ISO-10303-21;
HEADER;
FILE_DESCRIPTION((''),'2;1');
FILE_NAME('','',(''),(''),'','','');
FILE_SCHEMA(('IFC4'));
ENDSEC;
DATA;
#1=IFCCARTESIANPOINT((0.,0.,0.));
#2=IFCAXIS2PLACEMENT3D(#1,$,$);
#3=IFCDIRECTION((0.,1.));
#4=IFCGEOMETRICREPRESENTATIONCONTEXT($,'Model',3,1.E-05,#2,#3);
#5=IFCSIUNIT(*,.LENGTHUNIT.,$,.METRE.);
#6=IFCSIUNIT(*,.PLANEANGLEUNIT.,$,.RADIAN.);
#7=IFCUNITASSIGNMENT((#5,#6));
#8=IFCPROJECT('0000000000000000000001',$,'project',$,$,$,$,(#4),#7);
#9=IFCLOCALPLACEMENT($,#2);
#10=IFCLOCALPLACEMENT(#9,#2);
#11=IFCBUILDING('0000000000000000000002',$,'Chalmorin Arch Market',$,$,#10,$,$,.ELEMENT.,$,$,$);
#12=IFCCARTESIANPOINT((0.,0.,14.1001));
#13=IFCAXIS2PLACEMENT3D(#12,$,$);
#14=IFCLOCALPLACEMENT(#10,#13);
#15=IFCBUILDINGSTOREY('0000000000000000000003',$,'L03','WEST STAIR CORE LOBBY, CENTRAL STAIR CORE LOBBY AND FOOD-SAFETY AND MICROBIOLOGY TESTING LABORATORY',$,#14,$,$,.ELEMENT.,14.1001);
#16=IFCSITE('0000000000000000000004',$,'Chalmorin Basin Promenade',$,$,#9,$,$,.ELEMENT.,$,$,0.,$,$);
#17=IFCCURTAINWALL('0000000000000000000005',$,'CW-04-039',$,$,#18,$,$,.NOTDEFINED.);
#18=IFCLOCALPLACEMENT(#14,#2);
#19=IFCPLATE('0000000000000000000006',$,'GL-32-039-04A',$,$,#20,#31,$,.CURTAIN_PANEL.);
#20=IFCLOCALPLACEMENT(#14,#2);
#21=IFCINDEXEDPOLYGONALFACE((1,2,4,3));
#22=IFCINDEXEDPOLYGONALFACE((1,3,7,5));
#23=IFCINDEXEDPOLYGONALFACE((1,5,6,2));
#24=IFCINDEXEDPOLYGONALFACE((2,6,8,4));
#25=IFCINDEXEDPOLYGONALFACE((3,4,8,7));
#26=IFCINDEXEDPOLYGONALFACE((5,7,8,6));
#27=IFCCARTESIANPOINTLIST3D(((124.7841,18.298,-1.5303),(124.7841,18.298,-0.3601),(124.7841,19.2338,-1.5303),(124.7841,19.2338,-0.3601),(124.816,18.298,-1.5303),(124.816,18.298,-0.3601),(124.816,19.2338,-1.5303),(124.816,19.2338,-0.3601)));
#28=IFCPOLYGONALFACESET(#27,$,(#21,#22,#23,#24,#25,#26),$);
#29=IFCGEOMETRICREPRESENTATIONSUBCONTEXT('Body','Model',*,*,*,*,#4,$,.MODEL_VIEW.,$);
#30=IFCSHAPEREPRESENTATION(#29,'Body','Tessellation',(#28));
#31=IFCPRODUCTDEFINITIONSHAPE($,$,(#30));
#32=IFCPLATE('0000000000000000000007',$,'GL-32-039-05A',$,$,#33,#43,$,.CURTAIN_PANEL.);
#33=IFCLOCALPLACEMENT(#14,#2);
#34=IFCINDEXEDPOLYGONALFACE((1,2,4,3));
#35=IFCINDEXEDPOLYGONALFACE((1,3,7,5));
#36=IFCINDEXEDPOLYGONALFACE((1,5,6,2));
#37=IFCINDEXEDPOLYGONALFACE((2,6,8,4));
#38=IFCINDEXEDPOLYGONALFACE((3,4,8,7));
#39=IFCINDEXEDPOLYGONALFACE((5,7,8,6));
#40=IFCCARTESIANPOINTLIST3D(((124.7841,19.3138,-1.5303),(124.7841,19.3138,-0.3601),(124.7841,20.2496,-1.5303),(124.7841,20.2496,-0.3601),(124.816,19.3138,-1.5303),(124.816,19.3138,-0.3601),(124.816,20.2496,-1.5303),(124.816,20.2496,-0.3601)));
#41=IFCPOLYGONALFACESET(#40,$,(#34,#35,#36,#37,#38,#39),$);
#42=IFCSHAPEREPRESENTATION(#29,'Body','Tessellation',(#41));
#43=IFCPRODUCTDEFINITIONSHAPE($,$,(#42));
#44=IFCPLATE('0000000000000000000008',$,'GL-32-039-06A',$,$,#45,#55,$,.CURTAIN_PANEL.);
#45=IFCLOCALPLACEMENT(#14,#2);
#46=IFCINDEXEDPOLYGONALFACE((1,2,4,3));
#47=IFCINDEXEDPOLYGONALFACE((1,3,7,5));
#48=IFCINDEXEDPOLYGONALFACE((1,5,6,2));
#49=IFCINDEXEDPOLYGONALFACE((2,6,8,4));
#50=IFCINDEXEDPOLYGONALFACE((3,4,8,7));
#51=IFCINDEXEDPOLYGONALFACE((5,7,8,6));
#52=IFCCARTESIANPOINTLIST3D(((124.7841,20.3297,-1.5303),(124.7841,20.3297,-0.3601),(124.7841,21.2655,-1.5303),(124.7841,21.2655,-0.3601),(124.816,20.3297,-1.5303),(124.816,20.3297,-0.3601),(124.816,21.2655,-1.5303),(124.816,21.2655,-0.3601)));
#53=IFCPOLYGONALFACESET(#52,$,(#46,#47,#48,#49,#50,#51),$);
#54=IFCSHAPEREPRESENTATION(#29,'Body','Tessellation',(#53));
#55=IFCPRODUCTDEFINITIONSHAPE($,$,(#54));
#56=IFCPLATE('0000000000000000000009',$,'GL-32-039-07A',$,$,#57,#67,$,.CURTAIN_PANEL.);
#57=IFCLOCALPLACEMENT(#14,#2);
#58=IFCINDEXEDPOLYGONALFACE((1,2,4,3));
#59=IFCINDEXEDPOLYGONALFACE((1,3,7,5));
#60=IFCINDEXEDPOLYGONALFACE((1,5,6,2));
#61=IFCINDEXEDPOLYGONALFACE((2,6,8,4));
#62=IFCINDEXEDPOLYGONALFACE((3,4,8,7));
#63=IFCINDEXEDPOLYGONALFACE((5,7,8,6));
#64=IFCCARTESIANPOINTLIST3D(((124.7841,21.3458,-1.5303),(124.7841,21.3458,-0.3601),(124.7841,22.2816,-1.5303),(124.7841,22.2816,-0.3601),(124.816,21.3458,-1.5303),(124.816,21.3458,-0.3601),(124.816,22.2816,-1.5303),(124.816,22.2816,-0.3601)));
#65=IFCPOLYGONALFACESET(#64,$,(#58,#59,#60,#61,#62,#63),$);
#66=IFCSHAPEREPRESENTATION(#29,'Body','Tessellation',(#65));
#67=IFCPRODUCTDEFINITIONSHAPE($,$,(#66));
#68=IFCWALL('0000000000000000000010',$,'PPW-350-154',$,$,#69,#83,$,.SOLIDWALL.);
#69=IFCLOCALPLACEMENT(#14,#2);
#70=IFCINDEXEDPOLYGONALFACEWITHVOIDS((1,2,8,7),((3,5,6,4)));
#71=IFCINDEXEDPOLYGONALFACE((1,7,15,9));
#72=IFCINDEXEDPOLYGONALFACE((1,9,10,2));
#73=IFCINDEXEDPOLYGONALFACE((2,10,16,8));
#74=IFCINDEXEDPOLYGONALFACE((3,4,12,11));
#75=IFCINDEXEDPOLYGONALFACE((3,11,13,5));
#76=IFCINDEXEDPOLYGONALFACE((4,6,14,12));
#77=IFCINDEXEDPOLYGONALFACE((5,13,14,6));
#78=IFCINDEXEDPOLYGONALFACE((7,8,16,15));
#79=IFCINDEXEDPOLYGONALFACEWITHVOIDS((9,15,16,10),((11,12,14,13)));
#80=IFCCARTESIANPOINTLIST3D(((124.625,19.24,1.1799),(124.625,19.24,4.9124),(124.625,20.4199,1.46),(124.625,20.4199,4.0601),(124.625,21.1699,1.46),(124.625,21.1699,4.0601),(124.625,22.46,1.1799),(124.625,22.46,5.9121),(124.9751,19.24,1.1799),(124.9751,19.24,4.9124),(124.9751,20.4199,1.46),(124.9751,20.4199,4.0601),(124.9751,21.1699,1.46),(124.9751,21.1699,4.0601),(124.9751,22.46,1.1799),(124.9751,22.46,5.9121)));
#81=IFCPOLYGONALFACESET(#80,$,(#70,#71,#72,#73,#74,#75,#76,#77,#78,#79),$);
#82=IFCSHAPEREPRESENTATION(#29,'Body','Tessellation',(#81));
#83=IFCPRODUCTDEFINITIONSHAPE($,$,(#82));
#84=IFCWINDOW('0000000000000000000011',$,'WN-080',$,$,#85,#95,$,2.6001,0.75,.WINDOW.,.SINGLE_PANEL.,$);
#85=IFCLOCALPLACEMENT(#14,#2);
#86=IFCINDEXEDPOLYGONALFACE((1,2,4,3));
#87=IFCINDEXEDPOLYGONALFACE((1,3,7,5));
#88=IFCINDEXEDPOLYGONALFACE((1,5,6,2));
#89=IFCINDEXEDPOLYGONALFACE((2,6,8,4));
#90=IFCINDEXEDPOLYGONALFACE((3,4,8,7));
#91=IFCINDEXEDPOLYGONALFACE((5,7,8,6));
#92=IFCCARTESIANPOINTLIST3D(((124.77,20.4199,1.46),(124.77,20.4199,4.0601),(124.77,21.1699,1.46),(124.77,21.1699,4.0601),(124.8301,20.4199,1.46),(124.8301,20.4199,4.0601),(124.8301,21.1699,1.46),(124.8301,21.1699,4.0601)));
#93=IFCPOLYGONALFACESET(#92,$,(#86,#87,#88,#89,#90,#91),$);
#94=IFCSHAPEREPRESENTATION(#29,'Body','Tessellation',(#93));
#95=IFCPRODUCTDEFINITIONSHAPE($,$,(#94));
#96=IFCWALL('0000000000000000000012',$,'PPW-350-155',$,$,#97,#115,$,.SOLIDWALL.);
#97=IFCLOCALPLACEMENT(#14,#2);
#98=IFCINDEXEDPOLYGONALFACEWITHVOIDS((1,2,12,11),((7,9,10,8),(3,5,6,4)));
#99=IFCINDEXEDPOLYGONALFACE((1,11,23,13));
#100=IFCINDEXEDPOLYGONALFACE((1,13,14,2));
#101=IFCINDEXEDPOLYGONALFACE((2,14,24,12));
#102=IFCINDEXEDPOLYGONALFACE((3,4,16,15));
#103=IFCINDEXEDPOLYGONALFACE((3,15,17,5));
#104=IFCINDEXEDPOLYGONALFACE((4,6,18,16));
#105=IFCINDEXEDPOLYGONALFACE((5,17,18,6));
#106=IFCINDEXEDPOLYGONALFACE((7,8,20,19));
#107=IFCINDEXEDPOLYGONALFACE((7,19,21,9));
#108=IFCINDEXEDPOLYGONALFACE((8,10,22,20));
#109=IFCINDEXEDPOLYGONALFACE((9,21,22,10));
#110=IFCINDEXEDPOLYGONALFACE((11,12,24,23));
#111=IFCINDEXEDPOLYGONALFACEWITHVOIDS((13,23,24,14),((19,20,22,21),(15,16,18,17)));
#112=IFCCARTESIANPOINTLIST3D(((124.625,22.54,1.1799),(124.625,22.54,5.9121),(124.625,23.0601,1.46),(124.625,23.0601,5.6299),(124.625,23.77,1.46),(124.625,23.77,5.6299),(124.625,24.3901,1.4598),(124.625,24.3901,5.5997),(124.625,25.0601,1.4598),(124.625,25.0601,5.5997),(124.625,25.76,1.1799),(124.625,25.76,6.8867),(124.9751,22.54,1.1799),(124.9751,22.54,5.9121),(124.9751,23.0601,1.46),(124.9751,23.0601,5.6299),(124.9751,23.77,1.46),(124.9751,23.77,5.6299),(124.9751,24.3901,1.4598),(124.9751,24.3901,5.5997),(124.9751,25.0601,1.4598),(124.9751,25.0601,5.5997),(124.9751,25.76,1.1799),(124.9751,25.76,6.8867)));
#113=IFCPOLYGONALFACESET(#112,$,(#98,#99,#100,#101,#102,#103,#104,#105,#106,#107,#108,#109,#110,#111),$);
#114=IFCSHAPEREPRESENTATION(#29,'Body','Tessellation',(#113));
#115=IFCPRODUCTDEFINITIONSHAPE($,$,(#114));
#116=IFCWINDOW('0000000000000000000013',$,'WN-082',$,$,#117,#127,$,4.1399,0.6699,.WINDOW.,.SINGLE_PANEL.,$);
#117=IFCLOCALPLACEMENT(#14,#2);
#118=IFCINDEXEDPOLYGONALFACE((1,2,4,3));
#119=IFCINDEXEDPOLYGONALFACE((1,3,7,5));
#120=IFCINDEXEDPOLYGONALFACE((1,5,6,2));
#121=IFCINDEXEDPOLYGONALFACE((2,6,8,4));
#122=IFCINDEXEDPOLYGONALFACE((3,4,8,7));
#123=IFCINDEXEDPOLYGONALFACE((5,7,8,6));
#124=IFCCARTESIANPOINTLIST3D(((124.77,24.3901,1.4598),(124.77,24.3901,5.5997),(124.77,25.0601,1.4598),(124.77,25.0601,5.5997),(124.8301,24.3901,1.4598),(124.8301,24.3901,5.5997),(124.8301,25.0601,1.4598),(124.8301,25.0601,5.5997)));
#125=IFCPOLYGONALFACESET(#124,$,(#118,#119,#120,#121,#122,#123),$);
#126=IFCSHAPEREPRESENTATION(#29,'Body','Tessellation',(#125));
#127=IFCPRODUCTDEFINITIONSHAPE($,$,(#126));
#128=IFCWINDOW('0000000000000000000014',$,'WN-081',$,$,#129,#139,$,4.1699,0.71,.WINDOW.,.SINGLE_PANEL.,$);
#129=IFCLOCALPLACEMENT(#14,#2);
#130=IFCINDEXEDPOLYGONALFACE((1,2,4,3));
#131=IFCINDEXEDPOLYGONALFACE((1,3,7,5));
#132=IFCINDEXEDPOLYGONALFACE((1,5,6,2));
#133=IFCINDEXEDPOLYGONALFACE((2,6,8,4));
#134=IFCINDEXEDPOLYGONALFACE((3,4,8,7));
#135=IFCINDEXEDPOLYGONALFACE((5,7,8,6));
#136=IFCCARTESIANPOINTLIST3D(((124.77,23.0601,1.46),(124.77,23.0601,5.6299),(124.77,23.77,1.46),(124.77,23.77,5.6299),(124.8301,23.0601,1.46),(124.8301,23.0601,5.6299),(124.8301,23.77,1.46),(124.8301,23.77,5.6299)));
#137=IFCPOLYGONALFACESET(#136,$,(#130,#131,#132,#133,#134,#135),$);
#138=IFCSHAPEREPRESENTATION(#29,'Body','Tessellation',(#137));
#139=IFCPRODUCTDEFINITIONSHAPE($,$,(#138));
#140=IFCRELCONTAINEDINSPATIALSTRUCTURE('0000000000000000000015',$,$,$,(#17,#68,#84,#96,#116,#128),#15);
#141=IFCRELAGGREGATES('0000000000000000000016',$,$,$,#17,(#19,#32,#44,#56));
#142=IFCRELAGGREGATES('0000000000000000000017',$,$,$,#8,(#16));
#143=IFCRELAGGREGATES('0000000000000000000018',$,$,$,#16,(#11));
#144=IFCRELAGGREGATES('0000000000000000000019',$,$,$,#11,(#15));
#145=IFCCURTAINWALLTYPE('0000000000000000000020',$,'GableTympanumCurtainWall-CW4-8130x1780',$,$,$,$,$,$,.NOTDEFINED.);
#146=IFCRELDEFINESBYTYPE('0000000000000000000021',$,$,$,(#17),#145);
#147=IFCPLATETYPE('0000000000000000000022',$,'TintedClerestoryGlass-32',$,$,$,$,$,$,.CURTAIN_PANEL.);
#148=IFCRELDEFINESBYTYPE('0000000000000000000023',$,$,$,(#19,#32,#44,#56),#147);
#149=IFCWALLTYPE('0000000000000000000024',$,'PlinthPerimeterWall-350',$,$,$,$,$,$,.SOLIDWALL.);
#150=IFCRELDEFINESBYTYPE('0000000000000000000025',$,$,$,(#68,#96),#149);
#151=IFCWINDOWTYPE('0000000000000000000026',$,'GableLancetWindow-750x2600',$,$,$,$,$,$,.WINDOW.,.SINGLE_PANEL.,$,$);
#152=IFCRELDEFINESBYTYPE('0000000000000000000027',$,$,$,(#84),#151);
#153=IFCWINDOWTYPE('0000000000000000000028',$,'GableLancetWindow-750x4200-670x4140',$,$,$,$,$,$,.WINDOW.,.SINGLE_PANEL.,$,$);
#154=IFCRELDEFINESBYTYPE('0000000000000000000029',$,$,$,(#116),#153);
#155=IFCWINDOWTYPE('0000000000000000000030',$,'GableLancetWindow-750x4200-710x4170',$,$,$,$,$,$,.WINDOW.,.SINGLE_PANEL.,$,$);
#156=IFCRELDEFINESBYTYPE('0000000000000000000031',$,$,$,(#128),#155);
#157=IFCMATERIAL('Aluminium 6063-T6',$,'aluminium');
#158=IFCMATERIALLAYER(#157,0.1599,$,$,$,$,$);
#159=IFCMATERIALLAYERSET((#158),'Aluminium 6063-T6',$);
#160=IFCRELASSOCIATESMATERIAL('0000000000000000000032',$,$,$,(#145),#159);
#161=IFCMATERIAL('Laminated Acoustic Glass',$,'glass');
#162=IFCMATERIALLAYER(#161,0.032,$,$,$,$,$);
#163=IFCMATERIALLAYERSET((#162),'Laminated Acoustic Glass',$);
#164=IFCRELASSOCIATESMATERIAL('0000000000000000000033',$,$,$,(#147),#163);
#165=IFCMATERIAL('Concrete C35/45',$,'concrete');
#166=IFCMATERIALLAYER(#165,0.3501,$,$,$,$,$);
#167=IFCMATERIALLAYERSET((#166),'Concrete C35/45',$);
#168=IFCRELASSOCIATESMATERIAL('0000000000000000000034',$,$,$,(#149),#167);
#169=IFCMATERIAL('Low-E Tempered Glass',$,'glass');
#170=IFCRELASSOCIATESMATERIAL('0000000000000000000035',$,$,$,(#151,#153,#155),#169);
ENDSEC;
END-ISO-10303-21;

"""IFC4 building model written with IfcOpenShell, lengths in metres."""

from ifc_helpers import new_model, si_unit, direction, frame, frame_2d, origin, origin_2d, place, context, subcontext, project, spatial, polyline, rectangle, outline, extrude, material, layer, layer_set, type_object, element, fill, aggregate, save


model = new_model("IFC4")

# Units and contexts
model_context = context("Model", 3, precision=1e-05, world=origin(), true_north=direction((0.0, 1.0)))
body_context = subcontext(model_context, "Body", "Model", "MODEL_VIEW")
ifc_project = project(units=[si_unit("LENGTHUNIT", "METRE"), si_unit("PLANEANGLEUNIT", "RADIAN")], contexts=[model_context])

# Site, building, storey
site_placement = place(None, origin())
site = spatial("IfcSite", under=ifc_project, at=site_placement, Name="Chalmorin Basin Promenade", CompositionType="ELEMENT", RefElevation=0.0)
building_placement = place(site_placement, origin())
building = spatial("IfcBuilding", under=site, at=building_placement, Name="Chalmorin Arch Market", CompositionType="ELEMENT")
storey_placement = place(building_placement, frame((0.0, 0.0, 14.1001)))
storey = spatial("IfcBuildingStorey", under=building, at=storey_placement, Name="L03", Description="WEST STAIR CORE LOBBY, CENTRAL STAIR CORE LOBBY AND FOOD-SAFETY AND MICROBIOLOGY TESTING LABORATORY", CompositionType="ELEMENT", Elevation=14.1001)

# Curtain wall, plates
ifc_material_1 = material(Name="Aluminium 6063-T6", Category="aluminium")
ifc_layer_1 = layer(ifc_material_1, 0.1599)
ifc_layer_set_1 = layer_set([ifc_layer_1], Name="Aluminium 6063-T6")
curtain_wall_type = type_object("IfcCurtainWallType", Name="GableTympanumCurtainWall-CW4-8130x1780", PredefinedType="NOTDEFINED", material=ifc_layer_set_1)
curtain_wall_placement = place(storey_placement, origin())
curtain_wall = element("IfcCurtainWall", 1, at=curtain_wall_placement, inside=storey, type_object=curtain_wall_type, Name="CW-04-039", PredefinedType="NOTDEFINED")
ifc_material_2 = material(Name="Laminated Acoustic Glass", Category="glass")
ifc_layer_2 = layer(ifc_material_2, 0.032)
ifc_layer_set_2 = layer_set([ifc_layer_2], Name="Laminated Acoustic Glass")
plate_type_1 = type_object("IfcPlateType", Name="TintedClerestoryGlass-32", PredefinedType="CURTAIN_PANEL", material=ifc_layer_set_2)
plate_1_placement = place(storey_placement, frame((124.8, 18.7659, -1.5303), z_axis=(0.0, 0.0, 1.0), x_axis=(0.0, 1.0, 0.0)))
plate_1 = element("IfcPlate", 2, at=plate_1_placement, type_object=plate_type_1, Name="GL-32-039-04A", PredefinedType="CURTAIN_PANEL", context=body_context, shape_type="SweptSolid", body=[
    extrude(rectangle(XDim=0.9358, YDim=0.032, at=origin_2d()), origin(), (0.0, 0.0, 1.0), 1.1702),
])
plate_2_placement = place(storey_placement, frame((124.8, 19.7817, -1.5303), z_axis=(0.0, 0.0, 1.0), x_axis=(0.0, 1.0, 0.0)))
plate_2 = element("IfcPlate", 3, at=plate_2_placement, type_object=plate_type_1, Name="GL-32-039-05A", PredefinedType="CURTAIN_PANEL", context=body_context, shape_type="SweptSolid", body=[
    extrude(rectangle(XDim=0.9358, YDim=0.032, at=origin_2d()), origin(), (0.0, 0.0, 1.0), 1.1702),
])
plate_3_placement = place(storey_placement, frame((124.8, 20.7976, -1.5303), z_axis=(0.0, 0.0, 1.0), x_axis=(0.0, 1.0, 0.0)))
plate_3 = element("IfcPlate", 4, at=plate_3_placement, type_object=plate_type_1, Name="GL-32-039-06A", PredefinedType="CURTAIN_PANEL", context=body_context, shape_type="SweptSolid", body=[
    extrude(rectangle(XDim=0.9358, YDim=0.032, at=origin_2d()), origin(), (0.0, 0.0, 1.0), 1.1702),
])
plate_4_placement = place(storey_placement, frame((124.8, 21.8137, -1.5303), z_axis=(0.0, 0.0, 1.0), x_axis=(0.0, 1.0, 0.0)))
plate_4 = element("IfcPlate", 5, at=plate_4_placement, type_object=plate_type_1, Name="GL-32-039-07A", PredefinedType="CURTAIN_PANEL", context=body_context, shape_type="SweptSolid", body=[
    extrude(rectangle(XDim=0.9358, YDim=0.032, at=origin_2d()), origin(), (0.0, 0.0, 1.0), 1.1702),
])
aggregate(curtain_wall, [plate_1, plate_2, plate_3, plate_4])

# Wall, opening, window
ifc_material_3 = material(Name="Concrete C35/45", Category="concrete")
ifc_layer_3 = layer(ifc_material_3, 0.3501)
ifc_layer_set_3 = layer_set([ifc_layer_3], Name="Concrete C35/45")
wall_type = type_object("IfcWallType", Name="PlinthPerimeterWall-350", PredefinedType="SOLIDWALL", material=ifc_layer_set_3)
wall_1_placement = place(storey_placement, frame((124.8, 19.24, 1.1799), z_axis=(0.0, 0.0, 1.0), x_axis=(0.0, 1.0, 0.0)))
wall_1 = element("IfcWall", 6, at=wall_1_placement, inside=storey, type_object=wall_type, Name="PPW-350-154", PredefinedType="SOLIDWALL", context=body_context, shape_type="SweptSolid", body=[
    extrude(outline(polyline([(0.0, 0.0), (3.22, 0.0), (3.22, 4.7322), (0.0, 3.7324), (0.0, 0.0)])), frame((0.0, 0.175, 0.0), z_axis=(0.0, -1.0, 0.0), x_axis=(1.0, 0.0, 0.0)), (0.0, 0.0, 1.0), 0.3501),
])
opening_1_placement = place(wall_1_placement, frame((1.1799, 0.0, 0.28)))
opening_1 = element("IfcOpeningElement", 7, at=opening_1_placement, cuts=wall_1, PredefinedType="OPENING", context=body_context, shape_type="SweptSolid", body=[
    extrude(rectangle(XDim=0.75, YDim=2.6001, at=frame_2d((0.375, 1.3))), frame((0.0, 0.1851, 0.0), z_axis=(0.0, -1.0, 0.0), x_axis=(1.0, 0.0, 0.0)), (0.0, 0.0, 1.0), 0.3701),
])
ifc_material_4 = material(Name="Low-E Tempered Glass", Category="glass")
window_type_1 = type_object("IfcWindowType", Name="GableLancetWindow-750x2600", PartitioningType="SINGLE_PANEL", PredefinedType="WINDOW", material=ifc_material_4)
window_1_placement = place(opening_1_placement, origin())
window_1 = element("IfcWindow", 8, at=window_1_placement, inside=storey, type_object=window_type_1, Name="WN-080", OverallHeight=2.6001, OverallWidth=0.75, PartitioningType="SINGLE_PANEL", PredefinedType="WINDOW", context=body_context, shape_type="SweptSolid", body=[
    extrude(rectangle(XDim=0.75, YDim=2.6001, at=frame_2d((0.375, 1.3))), frame((0.0, 0.03, 0.0), z_axis=(0.0, -1.0, 0.0), x_axis=(1.0, 0.0, 0.0)), (0.0, 0.0, 1.0), 0.0601),
])
fill(opening_1, window_1)

# Wall, openings, windows
wall_2_placement = place(storey_placement, frame((124.8, 22.54, 1.1799), z_axis=(0.0, 0.0, 1.0), x_axis=(0.0, 1.0, 0.0)))
wall_2 = element("IfcWall", 9, at=wall_2_placement, inside=storey, type_object=wall_type, Name="PPW-350-155", PredefinedType="SOLIDWALL", context=body_context, shape_type="SweptSolid", body=[
    extrude(outline(polyline([(0.0, 0.0), (3.22, 0.0), (3.22, 5.7068), (0.0, 4.7322), (0.0, 0.0)])), frame((0.0, 0.175, 0.0), z_axis=(0.0, -1.0, 0.0), x_axis=(1.0, 0.0, 0.0)), (0.0, 0.0, 1.0), 0.3501),
])
opening_2_placement = place(wall_2_placement, frame((0.52, 0.0, 0.28)))
opening_2 = element("IfcOpeningElement", 10, at=opening_2_placement, cuts=wall_2, PredefinedType="OPENING", context=body_context, shape_type="SweptSolid", body=[
    extrude(rectangle(XDim=0.71, YDim=4.1699, at=frame_2d((0.355, 2.085))), frame((0.0, 0.1851, 0.0), z_axis=(0.0, -1.0, 0.0), x_axis=(1.0, 0.0, 0.0)), (0.0, 0.0, 1.0), 0.3701),
])
opening_3_placement = place(wall_2_placement, frame((1.8501, 0.0, 0.28)))
opening_3 = element("IfcOpeningElement", 11, at=opening_3_placement, cuts=wall_2, PredefinedType="OPENING", context=body_context, shape_type="SweptSolid", body=[
    extrude(rectangle(XDim=0.6699, YDim=4.1399, at=frame_2d((0.335, 2.0698))), frame((0.0, 0.1851, 0.0), z_axis=(0.0, -1.0, 0.0), x_axis=(1.0, 0.0, 0.0)), (0.0, 0.0, 1.0), 0.3701),
])
window_type_2 = type_object("IfcWindowType", Name="GableLancetWindow-750x4200-670x4140", PartitioningType="SINGLE_PANEL", PredefinedType="WINDOW", material=ifc_material_4)
window_2_placement = place(opening_3_placement, origin())
window_2 = element("IfcWindow", 12, at=window_2_placement, inside=storey, type_object=window_type_2, Name="WN-082", OverallHeight=4.1399, OverallWidth=0.6699, PartitioningType="SINGLE_PANEL", PredefinedType="WINDOW", context=body_context, shape_type="SweptSolid", body=[
    extrude(rectangle(XDim=0.6699, YDim=4.1399, at=frame_2d((0.335, 2.0698))), frame((0.0, 0.03, 0.0), z_axis=(0.0, -1.0, 0.0), x_axis=(1.0, 0.0, 0.0)), (0.0, 0.0, 1.0), 0.0601),
])
fill(opening_3, window_2)
window_type_3 = type_object("IfcWindowType", Name="GableLancetWindow-750x4200-710x4170", PartitioningType="SINGLE_PANEL", PredefinedType="WINDOW", material=ifc_material_4)
window_3_placement = place(opening_2_placement, origin())
window_3 = element("IfcWindow", 13, at=window_3_placement, inside=storey, type_object=window_type_3, Name="WN-081", OverallHeight=4.1699, OverallWidth=0.71, PartitioningType="SINGLE_PANEL", PredefinedType="WINDOW", context=body_context, shape_type="SweptSolid", body=[
    extrude(rectangle(XDim=0.71, YDim=4.1699, at=frame_2d((0.355, 2.085))), frame((0.0, 0.03, 0.0), z_axis=(0.0, -1.0, 0.0), x_axis=(1.0, 0.0, 0.0)), (0.0, 0.0, 1.0), 0.0601),
])
fill(opening_2, window_3)

save(model, "model.ifc")
